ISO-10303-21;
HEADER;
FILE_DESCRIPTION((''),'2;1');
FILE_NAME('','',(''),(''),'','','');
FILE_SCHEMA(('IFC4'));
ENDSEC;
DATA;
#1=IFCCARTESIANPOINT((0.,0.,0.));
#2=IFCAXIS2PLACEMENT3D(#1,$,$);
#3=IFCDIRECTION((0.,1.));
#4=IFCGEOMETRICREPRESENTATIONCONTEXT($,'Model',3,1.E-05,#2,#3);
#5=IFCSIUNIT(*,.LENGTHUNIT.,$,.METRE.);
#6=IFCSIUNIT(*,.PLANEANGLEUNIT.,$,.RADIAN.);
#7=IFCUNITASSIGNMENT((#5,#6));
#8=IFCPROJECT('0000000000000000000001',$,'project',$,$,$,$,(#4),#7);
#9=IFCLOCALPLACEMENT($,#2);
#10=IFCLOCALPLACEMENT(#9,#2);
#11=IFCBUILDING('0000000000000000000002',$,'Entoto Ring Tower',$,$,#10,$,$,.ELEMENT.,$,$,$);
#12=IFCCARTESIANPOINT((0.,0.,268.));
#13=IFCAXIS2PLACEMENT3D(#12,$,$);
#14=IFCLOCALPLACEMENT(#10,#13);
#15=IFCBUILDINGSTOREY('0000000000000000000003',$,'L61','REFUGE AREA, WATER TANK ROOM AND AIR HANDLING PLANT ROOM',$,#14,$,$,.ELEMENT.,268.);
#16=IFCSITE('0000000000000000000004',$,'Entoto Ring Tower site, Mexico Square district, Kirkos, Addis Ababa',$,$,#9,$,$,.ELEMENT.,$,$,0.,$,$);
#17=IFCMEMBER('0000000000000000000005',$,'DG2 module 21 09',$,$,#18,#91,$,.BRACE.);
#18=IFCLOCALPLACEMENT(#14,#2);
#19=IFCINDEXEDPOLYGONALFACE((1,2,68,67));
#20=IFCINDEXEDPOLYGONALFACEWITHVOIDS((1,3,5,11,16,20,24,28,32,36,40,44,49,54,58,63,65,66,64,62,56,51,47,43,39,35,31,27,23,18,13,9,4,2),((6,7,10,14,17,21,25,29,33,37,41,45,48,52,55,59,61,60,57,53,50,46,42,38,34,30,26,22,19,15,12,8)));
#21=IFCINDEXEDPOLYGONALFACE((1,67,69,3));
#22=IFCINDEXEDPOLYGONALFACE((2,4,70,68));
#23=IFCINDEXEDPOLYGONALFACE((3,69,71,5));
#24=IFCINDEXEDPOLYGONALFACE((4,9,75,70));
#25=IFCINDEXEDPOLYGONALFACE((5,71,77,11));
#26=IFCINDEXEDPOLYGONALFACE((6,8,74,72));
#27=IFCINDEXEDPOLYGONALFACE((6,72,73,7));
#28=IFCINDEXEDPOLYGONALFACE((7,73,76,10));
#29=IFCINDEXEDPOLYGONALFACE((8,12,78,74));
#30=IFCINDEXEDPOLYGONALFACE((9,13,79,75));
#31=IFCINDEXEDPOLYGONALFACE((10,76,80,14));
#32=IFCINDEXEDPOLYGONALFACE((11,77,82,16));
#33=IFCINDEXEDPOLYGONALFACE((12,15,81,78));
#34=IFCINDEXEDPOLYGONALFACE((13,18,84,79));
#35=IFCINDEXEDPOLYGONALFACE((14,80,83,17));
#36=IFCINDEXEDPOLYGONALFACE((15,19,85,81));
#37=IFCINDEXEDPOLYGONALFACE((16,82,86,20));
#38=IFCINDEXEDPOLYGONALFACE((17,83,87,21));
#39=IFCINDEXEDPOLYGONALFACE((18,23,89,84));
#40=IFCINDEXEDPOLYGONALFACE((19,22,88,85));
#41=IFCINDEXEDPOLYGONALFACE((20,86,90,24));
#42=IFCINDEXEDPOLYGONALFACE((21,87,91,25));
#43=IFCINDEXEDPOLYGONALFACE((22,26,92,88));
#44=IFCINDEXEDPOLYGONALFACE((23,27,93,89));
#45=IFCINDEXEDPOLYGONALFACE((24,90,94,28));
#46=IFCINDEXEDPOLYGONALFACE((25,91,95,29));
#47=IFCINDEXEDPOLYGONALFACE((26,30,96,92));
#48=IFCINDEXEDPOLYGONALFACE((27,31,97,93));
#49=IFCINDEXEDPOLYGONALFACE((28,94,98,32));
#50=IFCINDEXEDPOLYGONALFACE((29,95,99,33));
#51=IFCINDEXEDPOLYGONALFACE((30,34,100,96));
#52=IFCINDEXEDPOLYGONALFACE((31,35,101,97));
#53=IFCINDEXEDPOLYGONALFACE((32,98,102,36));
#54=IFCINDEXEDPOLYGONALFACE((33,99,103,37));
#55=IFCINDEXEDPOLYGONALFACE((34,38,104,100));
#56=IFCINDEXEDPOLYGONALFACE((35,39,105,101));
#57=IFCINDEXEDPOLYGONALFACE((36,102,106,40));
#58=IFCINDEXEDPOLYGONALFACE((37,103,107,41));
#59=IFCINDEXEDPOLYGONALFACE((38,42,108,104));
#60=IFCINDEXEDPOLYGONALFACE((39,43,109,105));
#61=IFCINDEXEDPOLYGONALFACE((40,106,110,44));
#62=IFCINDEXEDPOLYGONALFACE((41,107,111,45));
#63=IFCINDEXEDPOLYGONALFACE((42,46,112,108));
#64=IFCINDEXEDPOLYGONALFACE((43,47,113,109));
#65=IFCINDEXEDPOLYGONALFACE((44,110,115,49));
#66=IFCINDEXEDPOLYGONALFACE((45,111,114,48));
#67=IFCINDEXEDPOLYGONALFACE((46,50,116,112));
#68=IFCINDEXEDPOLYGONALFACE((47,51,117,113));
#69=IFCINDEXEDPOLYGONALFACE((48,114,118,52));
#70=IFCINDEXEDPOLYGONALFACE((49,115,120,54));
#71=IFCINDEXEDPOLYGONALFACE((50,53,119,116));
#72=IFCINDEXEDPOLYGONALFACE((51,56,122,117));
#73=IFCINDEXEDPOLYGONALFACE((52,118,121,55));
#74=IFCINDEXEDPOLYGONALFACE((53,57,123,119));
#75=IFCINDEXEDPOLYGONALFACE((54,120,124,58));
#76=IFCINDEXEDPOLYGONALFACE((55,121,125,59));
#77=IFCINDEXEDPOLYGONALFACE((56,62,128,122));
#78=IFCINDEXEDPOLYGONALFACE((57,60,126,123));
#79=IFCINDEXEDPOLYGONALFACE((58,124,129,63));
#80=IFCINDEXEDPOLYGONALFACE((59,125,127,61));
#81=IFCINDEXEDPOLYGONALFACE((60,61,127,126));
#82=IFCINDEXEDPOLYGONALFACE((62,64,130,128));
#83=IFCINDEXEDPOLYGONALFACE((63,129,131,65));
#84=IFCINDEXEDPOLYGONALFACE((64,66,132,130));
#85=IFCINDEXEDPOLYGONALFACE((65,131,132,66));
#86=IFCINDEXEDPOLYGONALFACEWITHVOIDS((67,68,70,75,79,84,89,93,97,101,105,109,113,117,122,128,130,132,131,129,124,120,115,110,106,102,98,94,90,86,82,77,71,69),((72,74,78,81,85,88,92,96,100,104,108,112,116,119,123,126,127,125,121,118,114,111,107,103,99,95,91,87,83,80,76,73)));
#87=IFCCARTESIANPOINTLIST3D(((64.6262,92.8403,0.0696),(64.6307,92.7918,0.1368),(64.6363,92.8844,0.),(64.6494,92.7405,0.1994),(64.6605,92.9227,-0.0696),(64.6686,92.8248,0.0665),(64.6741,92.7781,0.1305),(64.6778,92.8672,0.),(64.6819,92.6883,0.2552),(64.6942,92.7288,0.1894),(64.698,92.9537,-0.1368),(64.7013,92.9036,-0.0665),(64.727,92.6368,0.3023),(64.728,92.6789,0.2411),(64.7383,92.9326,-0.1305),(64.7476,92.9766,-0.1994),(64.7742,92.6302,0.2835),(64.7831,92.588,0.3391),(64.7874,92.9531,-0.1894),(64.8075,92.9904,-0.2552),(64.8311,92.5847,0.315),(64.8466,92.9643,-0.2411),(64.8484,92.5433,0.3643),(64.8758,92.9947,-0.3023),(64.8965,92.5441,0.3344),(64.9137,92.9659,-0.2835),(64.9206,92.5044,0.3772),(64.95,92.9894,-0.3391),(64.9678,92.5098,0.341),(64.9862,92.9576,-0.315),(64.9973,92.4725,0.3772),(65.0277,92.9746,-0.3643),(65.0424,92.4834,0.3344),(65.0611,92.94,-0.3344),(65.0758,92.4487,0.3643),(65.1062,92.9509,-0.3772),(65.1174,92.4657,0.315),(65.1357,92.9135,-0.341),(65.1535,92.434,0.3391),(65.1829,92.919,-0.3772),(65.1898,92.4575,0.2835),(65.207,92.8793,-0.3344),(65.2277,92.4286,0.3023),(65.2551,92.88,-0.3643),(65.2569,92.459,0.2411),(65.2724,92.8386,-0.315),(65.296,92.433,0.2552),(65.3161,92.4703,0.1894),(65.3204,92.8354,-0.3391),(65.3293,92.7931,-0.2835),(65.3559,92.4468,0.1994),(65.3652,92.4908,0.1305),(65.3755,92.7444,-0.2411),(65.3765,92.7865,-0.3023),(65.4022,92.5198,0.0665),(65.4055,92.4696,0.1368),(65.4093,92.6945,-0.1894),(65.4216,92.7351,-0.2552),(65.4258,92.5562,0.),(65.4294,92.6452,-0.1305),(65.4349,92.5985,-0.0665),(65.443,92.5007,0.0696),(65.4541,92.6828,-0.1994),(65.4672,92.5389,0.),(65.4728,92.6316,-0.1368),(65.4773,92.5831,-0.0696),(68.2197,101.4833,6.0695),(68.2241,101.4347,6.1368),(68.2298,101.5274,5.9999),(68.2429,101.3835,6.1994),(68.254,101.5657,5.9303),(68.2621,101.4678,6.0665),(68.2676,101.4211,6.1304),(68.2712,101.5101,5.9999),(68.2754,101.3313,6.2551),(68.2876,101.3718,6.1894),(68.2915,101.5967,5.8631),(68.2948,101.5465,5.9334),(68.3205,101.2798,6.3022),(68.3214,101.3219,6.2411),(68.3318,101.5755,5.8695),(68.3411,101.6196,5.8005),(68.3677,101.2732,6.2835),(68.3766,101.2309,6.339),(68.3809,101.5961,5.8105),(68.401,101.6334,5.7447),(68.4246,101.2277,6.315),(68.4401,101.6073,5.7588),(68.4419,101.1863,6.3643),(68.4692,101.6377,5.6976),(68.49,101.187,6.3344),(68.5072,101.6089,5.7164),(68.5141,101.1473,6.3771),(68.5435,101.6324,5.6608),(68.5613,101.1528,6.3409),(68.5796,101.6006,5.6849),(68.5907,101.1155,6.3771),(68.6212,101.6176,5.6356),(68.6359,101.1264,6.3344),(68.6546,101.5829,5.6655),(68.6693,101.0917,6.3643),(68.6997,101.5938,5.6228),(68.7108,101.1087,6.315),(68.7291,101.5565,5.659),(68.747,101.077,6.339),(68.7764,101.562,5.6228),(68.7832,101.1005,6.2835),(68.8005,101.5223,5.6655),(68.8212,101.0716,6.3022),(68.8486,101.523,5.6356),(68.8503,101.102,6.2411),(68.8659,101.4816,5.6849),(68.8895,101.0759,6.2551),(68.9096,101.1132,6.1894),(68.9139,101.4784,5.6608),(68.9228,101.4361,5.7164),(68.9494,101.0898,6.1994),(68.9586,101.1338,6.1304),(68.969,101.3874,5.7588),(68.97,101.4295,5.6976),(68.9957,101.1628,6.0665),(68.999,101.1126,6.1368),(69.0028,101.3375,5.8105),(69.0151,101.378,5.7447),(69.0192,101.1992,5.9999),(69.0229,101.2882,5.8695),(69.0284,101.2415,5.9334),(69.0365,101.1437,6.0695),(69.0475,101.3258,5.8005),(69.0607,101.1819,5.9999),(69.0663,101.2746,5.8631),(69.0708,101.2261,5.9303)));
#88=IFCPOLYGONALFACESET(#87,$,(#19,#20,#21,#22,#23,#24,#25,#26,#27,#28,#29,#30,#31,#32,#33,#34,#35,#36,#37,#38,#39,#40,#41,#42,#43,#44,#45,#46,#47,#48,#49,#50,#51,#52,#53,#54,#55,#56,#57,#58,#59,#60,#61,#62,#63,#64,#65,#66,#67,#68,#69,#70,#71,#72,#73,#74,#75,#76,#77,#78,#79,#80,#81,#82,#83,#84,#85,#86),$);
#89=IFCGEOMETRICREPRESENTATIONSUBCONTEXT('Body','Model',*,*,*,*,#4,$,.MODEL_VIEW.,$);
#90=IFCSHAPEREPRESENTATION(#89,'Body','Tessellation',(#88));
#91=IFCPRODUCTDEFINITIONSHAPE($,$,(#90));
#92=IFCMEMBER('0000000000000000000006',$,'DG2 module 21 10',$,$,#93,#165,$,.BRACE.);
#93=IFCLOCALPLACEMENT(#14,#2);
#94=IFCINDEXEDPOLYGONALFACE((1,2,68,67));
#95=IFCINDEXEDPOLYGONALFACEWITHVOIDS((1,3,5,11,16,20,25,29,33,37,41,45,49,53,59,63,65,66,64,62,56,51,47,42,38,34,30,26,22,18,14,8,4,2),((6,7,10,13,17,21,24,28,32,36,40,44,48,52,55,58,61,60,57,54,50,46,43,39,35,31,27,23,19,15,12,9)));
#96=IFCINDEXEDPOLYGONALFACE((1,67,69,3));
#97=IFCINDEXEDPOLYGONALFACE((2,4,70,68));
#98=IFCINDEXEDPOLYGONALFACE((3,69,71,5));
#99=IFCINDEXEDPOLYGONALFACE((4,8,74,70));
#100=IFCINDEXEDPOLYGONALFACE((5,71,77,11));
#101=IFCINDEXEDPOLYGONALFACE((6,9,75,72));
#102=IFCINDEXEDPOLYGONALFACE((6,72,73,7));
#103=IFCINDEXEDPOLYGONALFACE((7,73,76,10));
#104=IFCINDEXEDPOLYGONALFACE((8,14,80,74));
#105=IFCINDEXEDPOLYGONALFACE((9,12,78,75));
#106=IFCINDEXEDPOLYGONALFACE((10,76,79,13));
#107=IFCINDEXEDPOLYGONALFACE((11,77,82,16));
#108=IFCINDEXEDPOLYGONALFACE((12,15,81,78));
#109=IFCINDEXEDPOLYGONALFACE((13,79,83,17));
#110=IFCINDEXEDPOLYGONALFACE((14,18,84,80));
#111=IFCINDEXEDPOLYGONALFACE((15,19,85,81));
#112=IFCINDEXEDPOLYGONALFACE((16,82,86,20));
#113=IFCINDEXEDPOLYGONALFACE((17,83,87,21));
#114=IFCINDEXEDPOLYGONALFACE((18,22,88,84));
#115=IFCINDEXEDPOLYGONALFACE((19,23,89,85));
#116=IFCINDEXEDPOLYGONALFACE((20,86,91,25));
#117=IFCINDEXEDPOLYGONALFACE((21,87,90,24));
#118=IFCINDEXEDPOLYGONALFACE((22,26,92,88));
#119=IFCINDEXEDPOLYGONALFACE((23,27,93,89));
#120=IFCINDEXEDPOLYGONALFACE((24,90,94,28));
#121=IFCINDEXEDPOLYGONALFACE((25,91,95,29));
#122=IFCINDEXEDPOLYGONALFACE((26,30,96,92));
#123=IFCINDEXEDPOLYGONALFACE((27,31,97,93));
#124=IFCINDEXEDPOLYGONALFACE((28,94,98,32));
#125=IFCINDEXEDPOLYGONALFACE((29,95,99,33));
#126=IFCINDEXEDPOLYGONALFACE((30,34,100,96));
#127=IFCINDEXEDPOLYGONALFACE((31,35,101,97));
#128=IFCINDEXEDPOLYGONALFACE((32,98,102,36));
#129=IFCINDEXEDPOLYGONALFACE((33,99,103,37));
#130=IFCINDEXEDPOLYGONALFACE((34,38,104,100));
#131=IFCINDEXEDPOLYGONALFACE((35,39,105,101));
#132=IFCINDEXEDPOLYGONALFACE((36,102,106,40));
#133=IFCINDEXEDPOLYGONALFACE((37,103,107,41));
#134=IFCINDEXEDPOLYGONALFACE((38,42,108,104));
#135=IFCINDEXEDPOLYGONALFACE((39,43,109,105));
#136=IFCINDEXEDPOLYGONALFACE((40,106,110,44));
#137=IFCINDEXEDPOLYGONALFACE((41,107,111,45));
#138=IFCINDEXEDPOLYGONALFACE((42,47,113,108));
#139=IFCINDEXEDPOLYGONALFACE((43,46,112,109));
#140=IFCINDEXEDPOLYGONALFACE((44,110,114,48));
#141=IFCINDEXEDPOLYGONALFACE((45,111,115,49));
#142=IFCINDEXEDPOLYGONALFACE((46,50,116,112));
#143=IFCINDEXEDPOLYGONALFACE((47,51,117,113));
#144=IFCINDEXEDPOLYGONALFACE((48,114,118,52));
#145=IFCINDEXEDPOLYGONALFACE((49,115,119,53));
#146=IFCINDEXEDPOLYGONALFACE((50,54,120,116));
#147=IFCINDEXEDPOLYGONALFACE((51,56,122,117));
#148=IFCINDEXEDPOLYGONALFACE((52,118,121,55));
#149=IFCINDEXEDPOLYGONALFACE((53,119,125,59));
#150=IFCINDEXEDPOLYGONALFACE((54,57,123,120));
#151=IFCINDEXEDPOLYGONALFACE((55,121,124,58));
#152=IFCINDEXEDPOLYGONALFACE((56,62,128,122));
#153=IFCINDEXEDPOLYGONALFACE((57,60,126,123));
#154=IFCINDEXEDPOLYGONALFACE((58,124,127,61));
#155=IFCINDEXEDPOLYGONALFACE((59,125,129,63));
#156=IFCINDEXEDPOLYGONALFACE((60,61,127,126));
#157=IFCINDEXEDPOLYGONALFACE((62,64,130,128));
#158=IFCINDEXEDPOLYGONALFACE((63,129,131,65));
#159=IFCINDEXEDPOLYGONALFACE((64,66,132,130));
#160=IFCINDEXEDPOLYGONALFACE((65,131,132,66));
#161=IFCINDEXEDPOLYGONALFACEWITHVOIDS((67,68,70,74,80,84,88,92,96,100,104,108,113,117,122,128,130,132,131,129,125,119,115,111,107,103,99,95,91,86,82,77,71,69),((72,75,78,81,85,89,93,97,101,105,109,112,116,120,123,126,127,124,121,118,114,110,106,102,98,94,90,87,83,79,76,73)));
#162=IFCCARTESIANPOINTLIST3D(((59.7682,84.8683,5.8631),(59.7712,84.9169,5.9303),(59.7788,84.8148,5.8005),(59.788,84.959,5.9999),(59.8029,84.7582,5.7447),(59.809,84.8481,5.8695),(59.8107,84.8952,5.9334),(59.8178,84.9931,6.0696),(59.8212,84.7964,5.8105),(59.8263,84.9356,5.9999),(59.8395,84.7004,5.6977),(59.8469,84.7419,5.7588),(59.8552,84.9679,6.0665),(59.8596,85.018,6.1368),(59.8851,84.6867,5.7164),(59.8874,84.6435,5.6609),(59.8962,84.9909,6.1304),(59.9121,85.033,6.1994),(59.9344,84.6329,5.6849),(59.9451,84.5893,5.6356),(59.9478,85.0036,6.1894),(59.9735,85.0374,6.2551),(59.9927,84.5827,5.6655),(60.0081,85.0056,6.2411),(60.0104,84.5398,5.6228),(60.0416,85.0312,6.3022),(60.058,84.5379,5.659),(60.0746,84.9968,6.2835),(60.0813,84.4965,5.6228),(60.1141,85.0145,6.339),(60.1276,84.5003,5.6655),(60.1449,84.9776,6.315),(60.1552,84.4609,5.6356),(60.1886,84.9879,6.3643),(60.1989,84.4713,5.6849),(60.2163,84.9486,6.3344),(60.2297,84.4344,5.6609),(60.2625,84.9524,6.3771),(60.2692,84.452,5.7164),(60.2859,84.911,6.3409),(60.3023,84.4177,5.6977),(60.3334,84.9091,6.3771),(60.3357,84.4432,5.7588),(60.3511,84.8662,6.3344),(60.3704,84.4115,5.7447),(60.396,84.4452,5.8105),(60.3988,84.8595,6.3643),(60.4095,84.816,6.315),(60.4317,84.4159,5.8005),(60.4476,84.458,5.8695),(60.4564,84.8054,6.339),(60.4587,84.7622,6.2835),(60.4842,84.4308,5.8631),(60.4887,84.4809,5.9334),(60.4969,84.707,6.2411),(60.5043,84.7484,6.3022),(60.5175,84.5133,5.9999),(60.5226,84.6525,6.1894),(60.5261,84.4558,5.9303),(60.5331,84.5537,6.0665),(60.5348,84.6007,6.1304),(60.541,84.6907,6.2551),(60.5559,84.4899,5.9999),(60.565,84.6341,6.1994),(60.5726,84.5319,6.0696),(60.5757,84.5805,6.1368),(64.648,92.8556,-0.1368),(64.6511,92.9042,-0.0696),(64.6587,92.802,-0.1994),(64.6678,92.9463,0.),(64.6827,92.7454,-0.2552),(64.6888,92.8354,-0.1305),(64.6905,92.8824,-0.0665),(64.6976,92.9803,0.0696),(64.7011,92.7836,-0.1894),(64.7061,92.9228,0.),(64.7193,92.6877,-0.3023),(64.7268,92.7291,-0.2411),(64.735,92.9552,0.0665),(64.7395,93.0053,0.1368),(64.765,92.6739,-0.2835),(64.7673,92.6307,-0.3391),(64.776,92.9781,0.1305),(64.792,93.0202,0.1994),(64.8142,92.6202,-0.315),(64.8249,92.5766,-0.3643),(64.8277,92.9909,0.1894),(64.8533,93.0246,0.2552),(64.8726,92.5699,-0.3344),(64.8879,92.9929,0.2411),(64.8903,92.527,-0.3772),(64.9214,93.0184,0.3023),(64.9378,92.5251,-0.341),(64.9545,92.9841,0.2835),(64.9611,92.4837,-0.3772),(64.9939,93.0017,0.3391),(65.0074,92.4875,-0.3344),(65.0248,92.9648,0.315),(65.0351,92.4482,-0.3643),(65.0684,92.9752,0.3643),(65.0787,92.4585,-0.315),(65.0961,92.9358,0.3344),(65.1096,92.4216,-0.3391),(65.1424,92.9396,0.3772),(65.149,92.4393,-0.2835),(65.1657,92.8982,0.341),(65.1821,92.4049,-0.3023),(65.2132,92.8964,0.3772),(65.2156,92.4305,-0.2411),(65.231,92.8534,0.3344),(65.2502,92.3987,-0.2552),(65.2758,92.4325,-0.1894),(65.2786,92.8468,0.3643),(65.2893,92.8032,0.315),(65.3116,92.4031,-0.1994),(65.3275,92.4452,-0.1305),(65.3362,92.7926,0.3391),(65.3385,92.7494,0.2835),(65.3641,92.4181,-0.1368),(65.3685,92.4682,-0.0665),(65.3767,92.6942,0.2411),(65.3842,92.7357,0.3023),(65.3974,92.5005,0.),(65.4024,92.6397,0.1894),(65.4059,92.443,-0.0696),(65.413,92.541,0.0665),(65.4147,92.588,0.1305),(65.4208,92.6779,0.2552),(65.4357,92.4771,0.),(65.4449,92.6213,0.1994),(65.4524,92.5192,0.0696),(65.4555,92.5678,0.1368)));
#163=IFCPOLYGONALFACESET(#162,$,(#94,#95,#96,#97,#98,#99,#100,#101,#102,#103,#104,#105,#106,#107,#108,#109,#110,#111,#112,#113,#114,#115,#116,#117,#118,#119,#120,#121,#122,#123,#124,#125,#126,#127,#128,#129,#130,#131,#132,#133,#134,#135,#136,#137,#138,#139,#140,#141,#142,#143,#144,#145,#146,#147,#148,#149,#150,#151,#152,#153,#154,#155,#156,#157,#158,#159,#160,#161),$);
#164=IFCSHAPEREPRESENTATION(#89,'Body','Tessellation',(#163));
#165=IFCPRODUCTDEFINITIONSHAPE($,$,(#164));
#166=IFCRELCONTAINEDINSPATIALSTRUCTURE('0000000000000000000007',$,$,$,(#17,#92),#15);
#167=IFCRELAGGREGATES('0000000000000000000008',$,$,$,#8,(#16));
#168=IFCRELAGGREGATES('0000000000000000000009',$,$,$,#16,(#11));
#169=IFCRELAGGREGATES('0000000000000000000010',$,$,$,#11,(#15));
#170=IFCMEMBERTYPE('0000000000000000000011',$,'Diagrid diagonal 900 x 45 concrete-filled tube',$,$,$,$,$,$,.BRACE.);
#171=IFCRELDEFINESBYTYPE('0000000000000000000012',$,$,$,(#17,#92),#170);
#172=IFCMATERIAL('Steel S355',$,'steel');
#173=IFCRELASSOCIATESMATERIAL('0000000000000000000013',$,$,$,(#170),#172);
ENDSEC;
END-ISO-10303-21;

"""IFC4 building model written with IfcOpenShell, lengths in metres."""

from ifc_helpers import new_model, si_unit, direction, frame, origin, origin_2d, place, context, subcontext, project, spatial, circle, hollow_circle, extrude, material, material_profile, profile_set, type_object, element, save


model = new_model("IFC4")

# Units and contexts
model_context = context("Model", 3, precision=1e-05, world=origin(), true_north=direction((0.0, 1.0)))
body_context = subcontext(model_context, "Body", "Model", "MODEL_VIEW")
ifc_project = project(units=[si_unit("LENGTHUNIT", "METRE"), si_unit("PLANEANGLEUNIT", "RADIAN")], contexts=[model_context])

# Site, building, storey
site_placement = place(None, origin())
site = spatial("IfcSite", under=ifc_project, at=site_placement, Name="Entoto Ring Tower site, Mexico Square district, Kirkos, Addis Ababa", CompositionType="ELEMENT", RefElevation=0.0)
building_placement = place(site_placement, origin())
building = spatial("IfcBuilding", under=site, at=building_placement, Name="Entoto Ring Tower", CompositionType="ELEMENT")
storey_placement = place(building_placement, frame((0.0, 0.0, 268.0)))
storey = spatial("IfcBuildingStorey", under=building, at=storey_placement, Name="L61", Description="REFUGE AREA, WATER TANK ROOM AND AIR HANDLING PLANT ROOM", CompositionType="ELEMENT", Elevation=268.0)

# Members
ifc_material_1 = material(Name="Steel S355", Category="steel")
ifc_material_profile_1 = material_profile(ifc_material_1, hollow_circle(Radius=0.45, WallThickness=0.0449, at=origin_2d()), Name="CHS 900 x 45")
ifc_material_2 = material(Name="Concrete C60/75", Category="concrete")
ifc_material_profile_2 = material_profile(ifc_material_2, circle(Radius=0.405, at=origin_2d()), Name="Concrete C60/75 infill")
ifc_profile_set_1 = profile_set([ifc_material_profile_1, ifc_material_profile_2], Name="Steel S355")
member_type_1 = type_object("IfcMemberType", Name="Diagrid diagonal 900 x 45 concrete-filled tube", PredefinedType="BRACE", material=ifc_profile_set_1)
for number, where, z_axis, x_axis, name in (
    (1, (65.0518, 92.7117, 0.0), (0.323207, 0.777375, 0.539652), (-0.923371, 0.383908, 0.0), "DG2 module 21 09"),
):
    element("IfcMember", number, at=place(storey_placement, frame(where, z_axis=z_axis, x_axis=x_axis)), inside=storey, type_object=member_type_1, Name=name, PredefinedType="BRACE", context=body_context, shape_type="SweptSolid", body=[
        extrude(hollow_circle(Radius=0.45, WallThickness=0.0449, at=origin_2d()), origin(), (0.0, 0.0, 1.0), 11.1182),
    ])
member_1_placement = place(storey_placement, frame((65.0518, 92.7117, 0.0), z_axis=(-0.438917, -0.718411, 0.539665), x_axis=(0.853341, -0.521353, 0.0)))
element("IfcMember", 2, at=member_1_placement, inside=storey, type_object=member_type_1, Name="DG2 module 21 10", PredefinedType="BRACE", context=body_context, shape_type="SweptSolid", body=[
    extrude(hollow_circle(Radius=0.45, WallThickness=0.0449, at=origin_2d()), origin(), (0.0, 0.0, 1.0), 11.1179),
])

save(model, "model.ifc")
